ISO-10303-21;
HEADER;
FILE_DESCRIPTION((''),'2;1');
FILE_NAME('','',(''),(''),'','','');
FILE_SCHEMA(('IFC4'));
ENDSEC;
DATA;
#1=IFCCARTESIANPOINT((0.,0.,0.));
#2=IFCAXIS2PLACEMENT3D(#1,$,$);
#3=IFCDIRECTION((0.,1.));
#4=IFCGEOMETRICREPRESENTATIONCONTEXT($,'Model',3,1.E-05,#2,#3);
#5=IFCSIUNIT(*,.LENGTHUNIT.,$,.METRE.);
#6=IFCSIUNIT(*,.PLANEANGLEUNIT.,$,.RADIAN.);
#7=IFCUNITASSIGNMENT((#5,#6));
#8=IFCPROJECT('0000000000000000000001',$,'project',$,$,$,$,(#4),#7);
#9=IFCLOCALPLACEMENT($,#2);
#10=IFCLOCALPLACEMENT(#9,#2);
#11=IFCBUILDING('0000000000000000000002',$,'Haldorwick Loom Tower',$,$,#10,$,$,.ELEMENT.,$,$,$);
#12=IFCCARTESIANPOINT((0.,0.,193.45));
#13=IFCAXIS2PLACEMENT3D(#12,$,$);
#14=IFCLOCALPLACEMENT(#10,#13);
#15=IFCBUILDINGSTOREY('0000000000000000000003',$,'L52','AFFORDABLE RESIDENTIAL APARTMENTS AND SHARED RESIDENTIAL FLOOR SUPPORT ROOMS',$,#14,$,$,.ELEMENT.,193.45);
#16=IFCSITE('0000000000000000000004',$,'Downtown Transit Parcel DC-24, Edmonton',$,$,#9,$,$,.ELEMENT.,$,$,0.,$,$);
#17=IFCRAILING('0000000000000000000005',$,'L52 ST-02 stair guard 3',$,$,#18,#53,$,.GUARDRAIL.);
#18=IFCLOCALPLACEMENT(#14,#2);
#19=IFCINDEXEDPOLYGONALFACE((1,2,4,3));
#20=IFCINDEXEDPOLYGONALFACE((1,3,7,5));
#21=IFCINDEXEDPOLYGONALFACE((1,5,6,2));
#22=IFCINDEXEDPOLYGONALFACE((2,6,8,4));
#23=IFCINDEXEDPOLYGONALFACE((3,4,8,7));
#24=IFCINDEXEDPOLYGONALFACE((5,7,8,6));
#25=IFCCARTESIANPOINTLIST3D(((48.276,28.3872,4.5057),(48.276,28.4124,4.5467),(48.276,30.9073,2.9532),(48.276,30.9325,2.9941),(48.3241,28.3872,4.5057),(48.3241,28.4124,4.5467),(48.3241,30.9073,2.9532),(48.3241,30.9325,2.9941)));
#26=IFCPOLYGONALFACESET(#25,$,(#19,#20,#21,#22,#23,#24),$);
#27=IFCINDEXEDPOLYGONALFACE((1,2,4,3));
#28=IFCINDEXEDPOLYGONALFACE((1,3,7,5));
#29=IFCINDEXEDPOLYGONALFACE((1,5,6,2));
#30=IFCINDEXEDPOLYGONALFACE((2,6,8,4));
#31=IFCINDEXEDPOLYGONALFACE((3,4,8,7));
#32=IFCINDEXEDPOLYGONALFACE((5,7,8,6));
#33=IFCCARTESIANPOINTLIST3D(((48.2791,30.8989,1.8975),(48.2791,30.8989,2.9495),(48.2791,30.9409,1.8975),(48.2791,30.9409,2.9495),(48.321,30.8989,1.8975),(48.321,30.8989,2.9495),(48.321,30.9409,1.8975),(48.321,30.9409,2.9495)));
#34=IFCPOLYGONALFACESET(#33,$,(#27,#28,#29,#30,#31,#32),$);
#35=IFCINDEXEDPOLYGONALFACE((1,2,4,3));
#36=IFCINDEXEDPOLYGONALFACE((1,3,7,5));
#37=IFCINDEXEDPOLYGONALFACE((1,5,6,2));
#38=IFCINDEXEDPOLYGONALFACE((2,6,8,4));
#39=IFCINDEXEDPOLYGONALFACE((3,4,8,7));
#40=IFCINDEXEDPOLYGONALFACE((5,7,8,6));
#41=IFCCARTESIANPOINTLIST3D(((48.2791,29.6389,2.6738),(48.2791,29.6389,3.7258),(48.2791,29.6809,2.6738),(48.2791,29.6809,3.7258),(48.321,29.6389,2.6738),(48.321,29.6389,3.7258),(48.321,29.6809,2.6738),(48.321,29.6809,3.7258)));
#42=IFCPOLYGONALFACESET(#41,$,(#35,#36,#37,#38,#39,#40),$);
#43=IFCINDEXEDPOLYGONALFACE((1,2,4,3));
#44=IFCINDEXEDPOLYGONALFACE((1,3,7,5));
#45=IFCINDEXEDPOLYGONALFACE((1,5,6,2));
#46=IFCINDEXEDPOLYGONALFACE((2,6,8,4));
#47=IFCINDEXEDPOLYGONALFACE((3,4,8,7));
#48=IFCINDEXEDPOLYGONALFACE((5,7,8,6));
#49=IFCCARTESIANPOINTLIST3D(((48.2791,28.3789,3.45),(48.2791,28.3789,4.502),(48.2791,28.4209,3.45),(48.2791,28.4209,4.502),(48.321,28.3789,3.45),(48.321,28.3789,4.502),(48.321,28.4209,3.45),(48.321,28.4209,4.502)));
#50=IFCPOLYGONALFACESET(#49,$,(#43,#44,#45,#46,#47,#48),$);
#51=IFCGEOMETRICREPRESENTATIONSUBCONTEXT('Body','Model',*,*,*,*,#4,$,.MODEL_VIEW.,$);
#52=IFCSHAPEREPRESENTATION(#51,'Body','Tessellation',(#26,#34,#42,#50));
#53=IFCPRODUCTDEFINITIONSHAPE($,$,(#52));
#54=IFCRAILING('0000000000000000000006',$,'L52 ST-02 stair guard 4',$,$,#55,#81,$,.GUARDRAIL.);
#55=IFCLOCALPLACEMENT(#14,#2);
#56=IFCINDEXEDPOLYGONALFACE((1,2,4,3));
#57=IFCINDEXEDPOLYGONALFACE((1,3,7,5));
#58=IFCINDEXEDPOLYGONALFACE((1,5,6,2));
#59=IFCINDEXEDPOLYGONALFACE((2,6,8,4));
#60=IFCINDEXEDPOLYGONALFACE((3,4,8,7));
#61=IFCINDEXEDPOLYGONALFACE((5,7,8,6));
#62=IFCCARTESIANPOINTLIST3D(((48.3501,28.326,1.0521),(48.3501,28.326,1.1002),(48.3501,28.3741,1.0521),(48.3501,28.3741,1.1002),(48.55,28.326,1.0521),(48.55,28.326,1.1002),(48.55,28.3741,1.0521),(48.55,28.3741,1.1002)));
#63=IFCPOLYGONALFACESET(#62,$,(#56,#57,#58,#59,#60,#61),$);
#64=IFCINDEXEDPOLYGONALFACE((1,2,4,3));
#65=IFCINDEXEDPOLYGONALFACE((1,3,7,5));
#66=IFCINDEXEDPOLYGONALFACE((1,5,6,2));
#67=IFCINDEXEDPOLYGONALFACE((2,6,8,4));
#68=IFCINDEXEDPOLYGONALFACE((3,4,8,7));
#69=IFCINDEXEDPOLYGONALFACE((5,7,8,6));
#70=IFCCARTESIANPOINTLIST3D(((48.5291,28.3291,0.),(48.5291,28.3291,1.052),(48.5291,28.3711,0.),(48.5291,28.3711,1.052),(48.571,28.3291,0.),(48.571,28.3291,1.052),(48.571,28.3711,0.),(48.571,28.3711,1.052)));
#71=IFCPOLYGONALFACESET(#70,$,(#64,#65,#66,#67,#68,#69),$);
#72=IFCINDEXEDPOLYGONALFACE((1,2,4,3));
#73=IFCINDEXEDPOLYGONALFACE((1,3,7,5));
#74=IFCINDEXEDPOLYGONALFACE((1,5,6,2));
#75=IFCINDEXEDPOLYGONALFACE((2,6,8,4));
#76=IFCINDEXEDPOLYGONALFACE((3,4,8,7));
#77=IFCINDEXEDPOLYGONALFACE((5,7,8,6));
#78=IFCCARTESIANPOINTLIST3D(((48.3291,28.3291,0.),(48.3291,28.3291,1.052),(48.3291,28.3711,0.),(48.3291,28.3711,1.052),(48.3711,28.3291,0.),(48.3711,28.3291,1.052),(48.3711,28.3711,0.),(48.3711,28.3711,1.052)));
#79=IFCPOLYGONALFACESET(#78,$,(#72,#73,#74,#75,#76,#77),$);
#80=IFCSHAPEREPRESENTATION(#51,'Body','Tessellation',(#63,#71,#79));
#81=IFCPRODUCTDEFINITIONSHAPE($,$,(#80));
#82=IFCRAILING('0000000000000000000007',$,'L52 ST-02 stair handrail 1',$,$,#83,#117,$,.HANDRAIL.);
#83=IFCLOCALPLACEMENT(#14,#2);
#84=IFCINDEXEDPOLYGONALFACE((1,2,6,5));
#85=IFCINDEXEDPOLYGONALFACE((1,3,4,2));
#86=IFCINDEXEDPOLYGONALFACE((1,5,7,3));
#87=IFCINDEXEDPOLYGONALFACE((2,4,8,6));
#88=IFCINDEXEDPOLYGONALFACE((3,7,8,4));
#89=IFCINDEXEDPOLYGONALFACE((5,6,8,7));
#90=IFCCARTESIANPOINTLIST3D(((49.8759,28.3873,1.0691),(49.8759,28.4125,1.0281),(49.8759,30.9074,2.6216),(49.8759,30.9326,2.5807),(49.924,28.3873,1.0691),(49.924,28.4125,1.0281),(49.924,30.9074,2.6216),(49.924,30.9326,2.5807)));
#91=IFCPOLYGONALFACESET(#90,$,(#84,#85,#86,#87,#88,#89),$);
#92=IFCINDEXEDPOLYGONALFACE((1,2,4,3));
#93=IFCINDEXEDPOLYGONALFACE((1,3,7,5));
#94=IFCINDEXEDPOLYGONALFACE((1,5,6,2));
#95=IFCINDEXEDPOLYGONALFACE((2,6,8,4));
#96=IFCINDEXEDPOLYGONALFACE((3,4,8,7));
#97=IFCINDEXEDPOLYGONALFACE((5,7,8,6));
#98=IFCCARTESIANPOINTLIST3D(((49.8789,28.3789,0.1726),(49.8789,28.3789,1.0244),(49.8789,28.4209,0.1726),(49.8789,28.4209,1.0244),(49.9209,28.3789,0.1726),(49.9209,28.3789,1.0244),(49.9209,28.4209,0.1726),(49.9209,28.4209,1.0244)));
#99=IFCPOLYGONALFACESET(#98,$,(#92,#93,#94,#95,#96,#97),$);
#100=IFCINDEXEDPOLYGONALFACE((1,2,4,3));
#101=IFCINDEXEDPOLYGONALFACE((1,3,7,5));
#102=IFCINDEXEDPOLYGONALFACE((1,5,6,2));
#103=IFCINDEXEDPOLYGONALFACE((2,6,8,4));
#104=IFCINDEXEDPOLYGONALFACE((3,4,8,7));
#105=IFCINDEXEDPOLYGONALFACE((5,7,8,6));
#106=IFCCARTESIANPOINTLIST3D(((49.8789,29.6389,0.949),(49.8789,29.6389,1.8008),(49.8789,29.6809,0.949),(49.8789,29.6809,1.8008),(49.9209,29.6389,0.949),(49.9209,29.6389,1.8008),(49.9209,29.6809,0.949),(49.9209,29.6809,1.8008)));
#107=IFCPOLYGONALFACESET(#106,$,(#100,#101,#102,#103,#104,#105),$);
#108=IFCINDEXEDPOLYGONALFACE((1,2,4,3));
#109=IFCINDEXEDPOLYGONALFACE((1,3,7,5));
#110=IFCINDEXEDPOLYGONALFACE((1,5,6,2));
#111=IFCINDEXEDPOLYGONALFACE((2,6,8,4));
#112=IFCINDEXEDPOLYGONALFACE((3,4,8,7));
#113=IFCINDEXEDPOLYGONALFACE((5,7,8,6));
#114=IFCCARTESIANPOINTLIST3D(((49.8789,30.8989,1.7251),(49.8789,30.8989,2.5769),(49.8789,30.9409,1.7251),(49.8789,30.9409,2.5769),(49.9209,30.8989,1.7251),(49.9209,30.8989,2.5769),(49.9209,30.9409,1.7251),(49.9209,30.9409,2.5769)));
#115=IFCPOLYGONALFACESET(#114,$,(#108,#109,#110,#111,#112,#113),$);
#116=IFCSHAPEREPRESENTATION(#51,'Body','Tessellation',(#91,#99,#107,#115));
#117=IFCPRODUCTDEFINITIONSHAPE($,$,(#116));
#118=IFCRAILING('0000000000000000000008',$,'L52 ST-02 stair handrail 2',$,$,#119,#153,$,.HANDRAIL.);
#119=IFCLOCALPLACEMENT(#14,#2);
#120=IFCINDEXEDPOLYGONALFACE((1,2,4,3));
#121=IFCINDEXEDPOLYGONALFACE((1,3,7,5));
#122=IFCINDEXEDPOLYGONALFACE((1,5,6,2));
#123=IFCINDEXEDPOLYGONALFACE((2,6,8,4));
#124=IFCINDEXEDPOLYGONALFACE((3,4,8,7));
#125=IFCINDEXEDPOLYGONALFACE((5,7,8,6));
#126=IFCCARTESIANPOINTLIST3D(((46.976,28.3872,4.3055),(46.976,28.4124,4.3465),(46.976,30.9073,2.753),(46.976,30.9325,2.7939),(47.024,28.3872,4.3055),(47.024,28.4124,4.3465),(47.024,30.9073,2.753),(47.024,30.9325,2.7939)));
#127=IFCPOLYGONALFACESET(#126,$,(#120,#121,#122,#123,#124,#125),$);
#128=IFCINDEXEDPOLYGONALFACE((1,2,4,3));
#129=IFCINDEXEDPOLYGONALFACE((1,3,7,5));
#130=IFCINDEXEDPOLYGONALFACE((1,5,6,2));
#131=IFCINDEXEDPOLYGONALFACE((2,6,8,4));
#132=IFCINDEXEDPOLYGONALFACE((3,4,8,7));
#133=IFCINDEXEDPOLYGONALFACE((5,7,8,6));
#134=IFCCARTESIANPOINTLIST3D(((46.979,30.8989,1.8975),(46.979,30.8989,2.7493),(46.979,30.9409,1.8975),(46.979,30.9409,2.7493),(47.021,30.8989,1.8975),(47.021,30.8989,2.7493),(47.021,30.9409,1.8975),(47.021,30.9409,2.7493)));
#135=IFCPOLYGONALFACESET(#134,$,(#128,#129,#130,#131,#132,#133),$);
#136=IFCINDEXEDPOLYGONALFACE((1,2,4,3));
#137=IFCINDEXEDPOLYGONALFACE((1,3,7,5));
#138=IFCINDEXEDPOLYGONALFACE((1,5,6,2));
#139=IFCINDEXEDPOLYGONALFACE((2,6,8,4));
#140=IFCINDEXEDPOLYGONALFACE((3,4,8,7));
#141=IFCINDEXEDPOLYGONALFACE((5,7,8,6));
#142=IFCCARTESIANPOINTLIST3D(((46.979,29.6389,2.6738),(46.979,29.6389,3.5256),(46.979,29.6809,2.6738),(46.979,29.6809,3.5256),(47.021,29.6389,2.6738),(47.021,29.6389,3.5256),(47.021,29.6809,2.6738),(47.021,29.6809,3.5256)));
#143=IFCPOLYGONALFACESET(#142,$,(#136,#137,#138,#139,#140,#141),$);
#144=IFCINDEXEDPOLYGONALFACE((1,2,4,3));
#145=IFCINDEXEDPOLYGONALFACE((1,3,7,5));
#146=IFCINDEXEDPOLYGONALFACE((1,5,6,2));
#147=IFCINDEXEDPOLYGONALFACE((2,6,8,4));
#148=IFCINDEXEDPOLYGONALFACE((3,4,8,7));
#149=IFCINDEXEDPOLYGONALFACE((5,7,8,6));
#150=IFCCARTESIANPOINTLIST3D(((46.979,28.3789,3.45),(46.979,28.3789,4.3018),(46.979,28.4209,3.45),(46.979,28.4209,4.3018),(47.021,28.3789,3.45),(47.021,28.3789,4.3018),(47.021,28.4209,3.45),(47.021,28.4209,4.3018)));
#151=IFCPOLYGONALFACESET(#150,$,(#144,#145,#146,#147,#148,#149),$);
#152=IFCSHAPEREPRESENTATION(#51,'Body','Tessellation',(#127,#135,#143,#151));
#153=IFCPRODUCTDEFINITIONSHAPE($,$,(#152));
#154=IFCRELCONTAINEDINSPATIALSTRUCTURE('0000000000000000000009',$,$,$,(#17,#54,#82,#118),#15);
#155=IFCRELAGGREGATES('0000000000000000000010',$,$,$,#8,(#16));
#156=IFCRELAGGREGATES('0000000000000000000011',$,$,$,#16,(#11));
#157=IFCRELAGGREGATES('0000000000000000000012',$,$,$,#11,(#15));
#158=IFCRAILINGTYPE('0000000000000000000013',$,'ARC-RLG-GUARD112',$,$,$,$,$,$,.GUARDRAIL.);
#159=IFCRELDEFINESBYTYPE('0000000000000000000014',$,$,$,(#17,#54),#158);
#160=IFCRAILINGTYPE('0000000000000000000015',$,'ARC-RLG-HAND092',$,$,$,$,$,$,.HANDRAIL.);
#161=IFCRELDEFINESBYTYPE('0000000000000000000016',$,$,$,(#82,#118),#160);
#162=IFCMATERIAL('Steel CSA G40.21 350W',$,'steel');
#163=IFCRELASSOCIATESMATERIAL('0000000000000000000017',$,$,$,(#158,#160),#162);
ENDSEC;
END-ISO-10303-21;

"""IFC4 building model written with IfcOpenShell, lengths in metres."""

from ifc_helpers import new_model, si_unit, direction, frame, origin, origin_2d, place, context, subcontext, project, spatial, rectangle, extrude, material, type_object, element, save


model = new_model("IFC4")

# Units and contexts
model_context = context("Model", 3, precision=1e-05, world=origin(), true_north=direction((0.0, 1.0)))
body_context = subcontext(model_context, "Body", "Model", "MODEL_VIEW")
ifc_project = project(units=[si_unit("LENGTHUNIT", "METRE"), si_unit("PLANEANGLEUNIT", "RADIAN")], contexts=[model_context])

# Site, building, storey
site_placement = place(None, origin())
site = spatial("IfcSite", under=ifc_project, at=site_placement, Name="Downtown Transit Parcel DC-24, Edmonton", CompositionType="ELEMENT", RefElevation=0.0)
building_placement = place(site_placement, origin())
building = spatial("IfcBuilding", under=site, at=building_placement, Name="Haldorwick Loom Tower", CompositionType="ELEMENT")
storey_placement = place(building_placement, frame((0.0, 0.0, 193.45)))
storey = spatial("IfcBuildingStorey", under=building, at=storey_placement, Name="L52", Description="AFFORDABLE RESIDENTIAL APARTMENTS AND SHARED RESIDENTIAL FLOOR SUPPORT ROOMS", CompositionType="ELEMENT", Elevation=193.45)

# Shared definitions
ifc_material_1 = material(Name="Steel CSA G40.21 350W", Category="steel")

# Railings
railing_type_1 = type_object("IfcRailingType", Name="ARC-RLG-GUARD112", PredefinedType="GUARDRAIL", material=ifc_material_1)
railing_1_placement = place(storey_placement, frame((48.3, 30.9199, 1.8975)))
element("IfcRailing", 1, at=railing_1_placement, inside=storey, type_object=railing_type_1, Name="L52 ST-02 stair guard 3", PredefinedType="GUARDRAIL", context=body_context, shape_type="SweptSolid", body=[
    extrude(rectangle(XDim=0.0481, YDim=0.0481, at=origin_2d()), frame((0.0, 0.0, 1.0762), z_axis=(0.0, -0.8514, 0.524516), x_axis=(1.0, 0.0, 0.0)), (0.0, 0.0, 1.0), 2.96),
    extrude(rectangle(XDim=0.042, YDim=0.042, at=origin_2d()), origin(), (0.0, 0.0, 1.0), 1.052),
    extrude(rectangle(XDim=0.042, YDim=0.042, at=origin_2d()), frame((0.0, -1.26, 0.7764)), (0.0, 0.0, 1.0), 1.052),
    extrude(rectangle(XDim=0.042, YDim=0.042, at=origin_2d()), frame((0.0, -2.52, 1.5525)), (0.0, 0.0, 1.0), 1.052),
])
railing_2_placement = place(storey_placement, frame((48.55, 28.3501, 0.0)))
element("IfcRailing", 2, at=railing_2_placement, inside=storey, type_object=railing_type_1, Name="L52 ST-02 stair guard 4", PredefinedType="GUARDRAIL", context=body_context, shape_type="SweptSolid", body=[
    extrude(rectangle(XDim=0.0481, YDim=0.0481, at=origin_2d()), frame((0.0, 0.0, 1.0762), z_axis=(-1.0, 0.0, 0.0), x_axis=(0.0, -1.0, 0.0)), (0.0, 0.0, 1.0), 0.2),
    extrude(rectangle(XDim=0.042, YDim=0.042, at=origin_2d()), origin(), (0.0, 0.0, 1.0), 1.052),
    extrude(rectangle(XDim=0.042, YDim=0.042, at=origin_2d()), frame((-0.2, 0.0, 0.0)), (0.0, 0.0, 1.0), 1.052),
])
railing_type_2 = type_object("IfcRailingType", Name="ARC-RLG-HAND092", PredefinedType="HANDRAIL", material=ifc_material_1)
railing_3_placement = place(storey_placement, frame((49.8999, 28.3999, 0.1726)))
element("IfcRailing", 3, at=railing_3_placement, inside=storey, type_object=railing_type_2, Name="L52 ST-02 stair handrail 1", PredefinedType="HANDRAIL", context=body_context, shape_type="SweptSolid", body=[
    extrude(rectangle(XDim=0.0481, YDim=0.0481, at=origin_2d()), frame((0.0, 0.0, 0.876), z_axis=(0.0, 0.8514, 0.524516), x_axis=(-1.0, 0.0, 0.0)), (0.0, 0.0, 1.0), 2.96),
    extrude(rectangle(XDim=0.042, YDim=0.042, at=origin_2d()), origin(), (0.0, 0.0, 1.0), 0.8518),
    extrude(rectangle(XDim=0.042, YDim=0.042, at=origin_2d()), frame((0.0, 1.26, 0.7764)), (0.0, 0.0, 1.0), 0.8518),
    extrude(rectangle(XDim=0.042, YDim=0.042, at=origin_2d()), frame((0.0, 2.52, 1.5525)), (0.0, 0.0, 1.0), 0.8518),
])
railing_4_placement = place(storey_placement, frame((47.0, 30.9199, 1.8975)))
element("IfcRailing", 4, at=railing_4_placement, inside=storey, type_object=railing_type_2, Name="L52 ST-02 stair handrail 2", PredefinedType="HANDRAIL", context=body_context, shape_type="SweptSolid", body=[
    extrude(rectangle(XDim=0.0481, YDim=0.0481, at=origin_2d()), frame((0.0, 0.0, 0.876), z_axis=(0.0, -0.8514, 0.524516), x_axis=(1.0, 0.0, 0.0)), (0.0, 0.0, 1.0), 2.96),
    extrude(rectangle(XDim=0.042, YDim=0.042, at=origin_2d()), origin(), (0.0, 0.0, 1.0), 0.8518),
    extrude(rectangle(XDim=0.042, YDim=0.042, at=origin_2d()), frame((0.0, -1.26, 0.7764)), (0.0, 0.0, 1.0), 0.8518),
    extrude(rectangle(XDim=0.042, YDim=0.042, at=origin_2d()), frame((0.0, -2.52, 1.5525)), (0.0, 0.0, 1.0), 0.8518),
])

save(model, "model.ifc")
